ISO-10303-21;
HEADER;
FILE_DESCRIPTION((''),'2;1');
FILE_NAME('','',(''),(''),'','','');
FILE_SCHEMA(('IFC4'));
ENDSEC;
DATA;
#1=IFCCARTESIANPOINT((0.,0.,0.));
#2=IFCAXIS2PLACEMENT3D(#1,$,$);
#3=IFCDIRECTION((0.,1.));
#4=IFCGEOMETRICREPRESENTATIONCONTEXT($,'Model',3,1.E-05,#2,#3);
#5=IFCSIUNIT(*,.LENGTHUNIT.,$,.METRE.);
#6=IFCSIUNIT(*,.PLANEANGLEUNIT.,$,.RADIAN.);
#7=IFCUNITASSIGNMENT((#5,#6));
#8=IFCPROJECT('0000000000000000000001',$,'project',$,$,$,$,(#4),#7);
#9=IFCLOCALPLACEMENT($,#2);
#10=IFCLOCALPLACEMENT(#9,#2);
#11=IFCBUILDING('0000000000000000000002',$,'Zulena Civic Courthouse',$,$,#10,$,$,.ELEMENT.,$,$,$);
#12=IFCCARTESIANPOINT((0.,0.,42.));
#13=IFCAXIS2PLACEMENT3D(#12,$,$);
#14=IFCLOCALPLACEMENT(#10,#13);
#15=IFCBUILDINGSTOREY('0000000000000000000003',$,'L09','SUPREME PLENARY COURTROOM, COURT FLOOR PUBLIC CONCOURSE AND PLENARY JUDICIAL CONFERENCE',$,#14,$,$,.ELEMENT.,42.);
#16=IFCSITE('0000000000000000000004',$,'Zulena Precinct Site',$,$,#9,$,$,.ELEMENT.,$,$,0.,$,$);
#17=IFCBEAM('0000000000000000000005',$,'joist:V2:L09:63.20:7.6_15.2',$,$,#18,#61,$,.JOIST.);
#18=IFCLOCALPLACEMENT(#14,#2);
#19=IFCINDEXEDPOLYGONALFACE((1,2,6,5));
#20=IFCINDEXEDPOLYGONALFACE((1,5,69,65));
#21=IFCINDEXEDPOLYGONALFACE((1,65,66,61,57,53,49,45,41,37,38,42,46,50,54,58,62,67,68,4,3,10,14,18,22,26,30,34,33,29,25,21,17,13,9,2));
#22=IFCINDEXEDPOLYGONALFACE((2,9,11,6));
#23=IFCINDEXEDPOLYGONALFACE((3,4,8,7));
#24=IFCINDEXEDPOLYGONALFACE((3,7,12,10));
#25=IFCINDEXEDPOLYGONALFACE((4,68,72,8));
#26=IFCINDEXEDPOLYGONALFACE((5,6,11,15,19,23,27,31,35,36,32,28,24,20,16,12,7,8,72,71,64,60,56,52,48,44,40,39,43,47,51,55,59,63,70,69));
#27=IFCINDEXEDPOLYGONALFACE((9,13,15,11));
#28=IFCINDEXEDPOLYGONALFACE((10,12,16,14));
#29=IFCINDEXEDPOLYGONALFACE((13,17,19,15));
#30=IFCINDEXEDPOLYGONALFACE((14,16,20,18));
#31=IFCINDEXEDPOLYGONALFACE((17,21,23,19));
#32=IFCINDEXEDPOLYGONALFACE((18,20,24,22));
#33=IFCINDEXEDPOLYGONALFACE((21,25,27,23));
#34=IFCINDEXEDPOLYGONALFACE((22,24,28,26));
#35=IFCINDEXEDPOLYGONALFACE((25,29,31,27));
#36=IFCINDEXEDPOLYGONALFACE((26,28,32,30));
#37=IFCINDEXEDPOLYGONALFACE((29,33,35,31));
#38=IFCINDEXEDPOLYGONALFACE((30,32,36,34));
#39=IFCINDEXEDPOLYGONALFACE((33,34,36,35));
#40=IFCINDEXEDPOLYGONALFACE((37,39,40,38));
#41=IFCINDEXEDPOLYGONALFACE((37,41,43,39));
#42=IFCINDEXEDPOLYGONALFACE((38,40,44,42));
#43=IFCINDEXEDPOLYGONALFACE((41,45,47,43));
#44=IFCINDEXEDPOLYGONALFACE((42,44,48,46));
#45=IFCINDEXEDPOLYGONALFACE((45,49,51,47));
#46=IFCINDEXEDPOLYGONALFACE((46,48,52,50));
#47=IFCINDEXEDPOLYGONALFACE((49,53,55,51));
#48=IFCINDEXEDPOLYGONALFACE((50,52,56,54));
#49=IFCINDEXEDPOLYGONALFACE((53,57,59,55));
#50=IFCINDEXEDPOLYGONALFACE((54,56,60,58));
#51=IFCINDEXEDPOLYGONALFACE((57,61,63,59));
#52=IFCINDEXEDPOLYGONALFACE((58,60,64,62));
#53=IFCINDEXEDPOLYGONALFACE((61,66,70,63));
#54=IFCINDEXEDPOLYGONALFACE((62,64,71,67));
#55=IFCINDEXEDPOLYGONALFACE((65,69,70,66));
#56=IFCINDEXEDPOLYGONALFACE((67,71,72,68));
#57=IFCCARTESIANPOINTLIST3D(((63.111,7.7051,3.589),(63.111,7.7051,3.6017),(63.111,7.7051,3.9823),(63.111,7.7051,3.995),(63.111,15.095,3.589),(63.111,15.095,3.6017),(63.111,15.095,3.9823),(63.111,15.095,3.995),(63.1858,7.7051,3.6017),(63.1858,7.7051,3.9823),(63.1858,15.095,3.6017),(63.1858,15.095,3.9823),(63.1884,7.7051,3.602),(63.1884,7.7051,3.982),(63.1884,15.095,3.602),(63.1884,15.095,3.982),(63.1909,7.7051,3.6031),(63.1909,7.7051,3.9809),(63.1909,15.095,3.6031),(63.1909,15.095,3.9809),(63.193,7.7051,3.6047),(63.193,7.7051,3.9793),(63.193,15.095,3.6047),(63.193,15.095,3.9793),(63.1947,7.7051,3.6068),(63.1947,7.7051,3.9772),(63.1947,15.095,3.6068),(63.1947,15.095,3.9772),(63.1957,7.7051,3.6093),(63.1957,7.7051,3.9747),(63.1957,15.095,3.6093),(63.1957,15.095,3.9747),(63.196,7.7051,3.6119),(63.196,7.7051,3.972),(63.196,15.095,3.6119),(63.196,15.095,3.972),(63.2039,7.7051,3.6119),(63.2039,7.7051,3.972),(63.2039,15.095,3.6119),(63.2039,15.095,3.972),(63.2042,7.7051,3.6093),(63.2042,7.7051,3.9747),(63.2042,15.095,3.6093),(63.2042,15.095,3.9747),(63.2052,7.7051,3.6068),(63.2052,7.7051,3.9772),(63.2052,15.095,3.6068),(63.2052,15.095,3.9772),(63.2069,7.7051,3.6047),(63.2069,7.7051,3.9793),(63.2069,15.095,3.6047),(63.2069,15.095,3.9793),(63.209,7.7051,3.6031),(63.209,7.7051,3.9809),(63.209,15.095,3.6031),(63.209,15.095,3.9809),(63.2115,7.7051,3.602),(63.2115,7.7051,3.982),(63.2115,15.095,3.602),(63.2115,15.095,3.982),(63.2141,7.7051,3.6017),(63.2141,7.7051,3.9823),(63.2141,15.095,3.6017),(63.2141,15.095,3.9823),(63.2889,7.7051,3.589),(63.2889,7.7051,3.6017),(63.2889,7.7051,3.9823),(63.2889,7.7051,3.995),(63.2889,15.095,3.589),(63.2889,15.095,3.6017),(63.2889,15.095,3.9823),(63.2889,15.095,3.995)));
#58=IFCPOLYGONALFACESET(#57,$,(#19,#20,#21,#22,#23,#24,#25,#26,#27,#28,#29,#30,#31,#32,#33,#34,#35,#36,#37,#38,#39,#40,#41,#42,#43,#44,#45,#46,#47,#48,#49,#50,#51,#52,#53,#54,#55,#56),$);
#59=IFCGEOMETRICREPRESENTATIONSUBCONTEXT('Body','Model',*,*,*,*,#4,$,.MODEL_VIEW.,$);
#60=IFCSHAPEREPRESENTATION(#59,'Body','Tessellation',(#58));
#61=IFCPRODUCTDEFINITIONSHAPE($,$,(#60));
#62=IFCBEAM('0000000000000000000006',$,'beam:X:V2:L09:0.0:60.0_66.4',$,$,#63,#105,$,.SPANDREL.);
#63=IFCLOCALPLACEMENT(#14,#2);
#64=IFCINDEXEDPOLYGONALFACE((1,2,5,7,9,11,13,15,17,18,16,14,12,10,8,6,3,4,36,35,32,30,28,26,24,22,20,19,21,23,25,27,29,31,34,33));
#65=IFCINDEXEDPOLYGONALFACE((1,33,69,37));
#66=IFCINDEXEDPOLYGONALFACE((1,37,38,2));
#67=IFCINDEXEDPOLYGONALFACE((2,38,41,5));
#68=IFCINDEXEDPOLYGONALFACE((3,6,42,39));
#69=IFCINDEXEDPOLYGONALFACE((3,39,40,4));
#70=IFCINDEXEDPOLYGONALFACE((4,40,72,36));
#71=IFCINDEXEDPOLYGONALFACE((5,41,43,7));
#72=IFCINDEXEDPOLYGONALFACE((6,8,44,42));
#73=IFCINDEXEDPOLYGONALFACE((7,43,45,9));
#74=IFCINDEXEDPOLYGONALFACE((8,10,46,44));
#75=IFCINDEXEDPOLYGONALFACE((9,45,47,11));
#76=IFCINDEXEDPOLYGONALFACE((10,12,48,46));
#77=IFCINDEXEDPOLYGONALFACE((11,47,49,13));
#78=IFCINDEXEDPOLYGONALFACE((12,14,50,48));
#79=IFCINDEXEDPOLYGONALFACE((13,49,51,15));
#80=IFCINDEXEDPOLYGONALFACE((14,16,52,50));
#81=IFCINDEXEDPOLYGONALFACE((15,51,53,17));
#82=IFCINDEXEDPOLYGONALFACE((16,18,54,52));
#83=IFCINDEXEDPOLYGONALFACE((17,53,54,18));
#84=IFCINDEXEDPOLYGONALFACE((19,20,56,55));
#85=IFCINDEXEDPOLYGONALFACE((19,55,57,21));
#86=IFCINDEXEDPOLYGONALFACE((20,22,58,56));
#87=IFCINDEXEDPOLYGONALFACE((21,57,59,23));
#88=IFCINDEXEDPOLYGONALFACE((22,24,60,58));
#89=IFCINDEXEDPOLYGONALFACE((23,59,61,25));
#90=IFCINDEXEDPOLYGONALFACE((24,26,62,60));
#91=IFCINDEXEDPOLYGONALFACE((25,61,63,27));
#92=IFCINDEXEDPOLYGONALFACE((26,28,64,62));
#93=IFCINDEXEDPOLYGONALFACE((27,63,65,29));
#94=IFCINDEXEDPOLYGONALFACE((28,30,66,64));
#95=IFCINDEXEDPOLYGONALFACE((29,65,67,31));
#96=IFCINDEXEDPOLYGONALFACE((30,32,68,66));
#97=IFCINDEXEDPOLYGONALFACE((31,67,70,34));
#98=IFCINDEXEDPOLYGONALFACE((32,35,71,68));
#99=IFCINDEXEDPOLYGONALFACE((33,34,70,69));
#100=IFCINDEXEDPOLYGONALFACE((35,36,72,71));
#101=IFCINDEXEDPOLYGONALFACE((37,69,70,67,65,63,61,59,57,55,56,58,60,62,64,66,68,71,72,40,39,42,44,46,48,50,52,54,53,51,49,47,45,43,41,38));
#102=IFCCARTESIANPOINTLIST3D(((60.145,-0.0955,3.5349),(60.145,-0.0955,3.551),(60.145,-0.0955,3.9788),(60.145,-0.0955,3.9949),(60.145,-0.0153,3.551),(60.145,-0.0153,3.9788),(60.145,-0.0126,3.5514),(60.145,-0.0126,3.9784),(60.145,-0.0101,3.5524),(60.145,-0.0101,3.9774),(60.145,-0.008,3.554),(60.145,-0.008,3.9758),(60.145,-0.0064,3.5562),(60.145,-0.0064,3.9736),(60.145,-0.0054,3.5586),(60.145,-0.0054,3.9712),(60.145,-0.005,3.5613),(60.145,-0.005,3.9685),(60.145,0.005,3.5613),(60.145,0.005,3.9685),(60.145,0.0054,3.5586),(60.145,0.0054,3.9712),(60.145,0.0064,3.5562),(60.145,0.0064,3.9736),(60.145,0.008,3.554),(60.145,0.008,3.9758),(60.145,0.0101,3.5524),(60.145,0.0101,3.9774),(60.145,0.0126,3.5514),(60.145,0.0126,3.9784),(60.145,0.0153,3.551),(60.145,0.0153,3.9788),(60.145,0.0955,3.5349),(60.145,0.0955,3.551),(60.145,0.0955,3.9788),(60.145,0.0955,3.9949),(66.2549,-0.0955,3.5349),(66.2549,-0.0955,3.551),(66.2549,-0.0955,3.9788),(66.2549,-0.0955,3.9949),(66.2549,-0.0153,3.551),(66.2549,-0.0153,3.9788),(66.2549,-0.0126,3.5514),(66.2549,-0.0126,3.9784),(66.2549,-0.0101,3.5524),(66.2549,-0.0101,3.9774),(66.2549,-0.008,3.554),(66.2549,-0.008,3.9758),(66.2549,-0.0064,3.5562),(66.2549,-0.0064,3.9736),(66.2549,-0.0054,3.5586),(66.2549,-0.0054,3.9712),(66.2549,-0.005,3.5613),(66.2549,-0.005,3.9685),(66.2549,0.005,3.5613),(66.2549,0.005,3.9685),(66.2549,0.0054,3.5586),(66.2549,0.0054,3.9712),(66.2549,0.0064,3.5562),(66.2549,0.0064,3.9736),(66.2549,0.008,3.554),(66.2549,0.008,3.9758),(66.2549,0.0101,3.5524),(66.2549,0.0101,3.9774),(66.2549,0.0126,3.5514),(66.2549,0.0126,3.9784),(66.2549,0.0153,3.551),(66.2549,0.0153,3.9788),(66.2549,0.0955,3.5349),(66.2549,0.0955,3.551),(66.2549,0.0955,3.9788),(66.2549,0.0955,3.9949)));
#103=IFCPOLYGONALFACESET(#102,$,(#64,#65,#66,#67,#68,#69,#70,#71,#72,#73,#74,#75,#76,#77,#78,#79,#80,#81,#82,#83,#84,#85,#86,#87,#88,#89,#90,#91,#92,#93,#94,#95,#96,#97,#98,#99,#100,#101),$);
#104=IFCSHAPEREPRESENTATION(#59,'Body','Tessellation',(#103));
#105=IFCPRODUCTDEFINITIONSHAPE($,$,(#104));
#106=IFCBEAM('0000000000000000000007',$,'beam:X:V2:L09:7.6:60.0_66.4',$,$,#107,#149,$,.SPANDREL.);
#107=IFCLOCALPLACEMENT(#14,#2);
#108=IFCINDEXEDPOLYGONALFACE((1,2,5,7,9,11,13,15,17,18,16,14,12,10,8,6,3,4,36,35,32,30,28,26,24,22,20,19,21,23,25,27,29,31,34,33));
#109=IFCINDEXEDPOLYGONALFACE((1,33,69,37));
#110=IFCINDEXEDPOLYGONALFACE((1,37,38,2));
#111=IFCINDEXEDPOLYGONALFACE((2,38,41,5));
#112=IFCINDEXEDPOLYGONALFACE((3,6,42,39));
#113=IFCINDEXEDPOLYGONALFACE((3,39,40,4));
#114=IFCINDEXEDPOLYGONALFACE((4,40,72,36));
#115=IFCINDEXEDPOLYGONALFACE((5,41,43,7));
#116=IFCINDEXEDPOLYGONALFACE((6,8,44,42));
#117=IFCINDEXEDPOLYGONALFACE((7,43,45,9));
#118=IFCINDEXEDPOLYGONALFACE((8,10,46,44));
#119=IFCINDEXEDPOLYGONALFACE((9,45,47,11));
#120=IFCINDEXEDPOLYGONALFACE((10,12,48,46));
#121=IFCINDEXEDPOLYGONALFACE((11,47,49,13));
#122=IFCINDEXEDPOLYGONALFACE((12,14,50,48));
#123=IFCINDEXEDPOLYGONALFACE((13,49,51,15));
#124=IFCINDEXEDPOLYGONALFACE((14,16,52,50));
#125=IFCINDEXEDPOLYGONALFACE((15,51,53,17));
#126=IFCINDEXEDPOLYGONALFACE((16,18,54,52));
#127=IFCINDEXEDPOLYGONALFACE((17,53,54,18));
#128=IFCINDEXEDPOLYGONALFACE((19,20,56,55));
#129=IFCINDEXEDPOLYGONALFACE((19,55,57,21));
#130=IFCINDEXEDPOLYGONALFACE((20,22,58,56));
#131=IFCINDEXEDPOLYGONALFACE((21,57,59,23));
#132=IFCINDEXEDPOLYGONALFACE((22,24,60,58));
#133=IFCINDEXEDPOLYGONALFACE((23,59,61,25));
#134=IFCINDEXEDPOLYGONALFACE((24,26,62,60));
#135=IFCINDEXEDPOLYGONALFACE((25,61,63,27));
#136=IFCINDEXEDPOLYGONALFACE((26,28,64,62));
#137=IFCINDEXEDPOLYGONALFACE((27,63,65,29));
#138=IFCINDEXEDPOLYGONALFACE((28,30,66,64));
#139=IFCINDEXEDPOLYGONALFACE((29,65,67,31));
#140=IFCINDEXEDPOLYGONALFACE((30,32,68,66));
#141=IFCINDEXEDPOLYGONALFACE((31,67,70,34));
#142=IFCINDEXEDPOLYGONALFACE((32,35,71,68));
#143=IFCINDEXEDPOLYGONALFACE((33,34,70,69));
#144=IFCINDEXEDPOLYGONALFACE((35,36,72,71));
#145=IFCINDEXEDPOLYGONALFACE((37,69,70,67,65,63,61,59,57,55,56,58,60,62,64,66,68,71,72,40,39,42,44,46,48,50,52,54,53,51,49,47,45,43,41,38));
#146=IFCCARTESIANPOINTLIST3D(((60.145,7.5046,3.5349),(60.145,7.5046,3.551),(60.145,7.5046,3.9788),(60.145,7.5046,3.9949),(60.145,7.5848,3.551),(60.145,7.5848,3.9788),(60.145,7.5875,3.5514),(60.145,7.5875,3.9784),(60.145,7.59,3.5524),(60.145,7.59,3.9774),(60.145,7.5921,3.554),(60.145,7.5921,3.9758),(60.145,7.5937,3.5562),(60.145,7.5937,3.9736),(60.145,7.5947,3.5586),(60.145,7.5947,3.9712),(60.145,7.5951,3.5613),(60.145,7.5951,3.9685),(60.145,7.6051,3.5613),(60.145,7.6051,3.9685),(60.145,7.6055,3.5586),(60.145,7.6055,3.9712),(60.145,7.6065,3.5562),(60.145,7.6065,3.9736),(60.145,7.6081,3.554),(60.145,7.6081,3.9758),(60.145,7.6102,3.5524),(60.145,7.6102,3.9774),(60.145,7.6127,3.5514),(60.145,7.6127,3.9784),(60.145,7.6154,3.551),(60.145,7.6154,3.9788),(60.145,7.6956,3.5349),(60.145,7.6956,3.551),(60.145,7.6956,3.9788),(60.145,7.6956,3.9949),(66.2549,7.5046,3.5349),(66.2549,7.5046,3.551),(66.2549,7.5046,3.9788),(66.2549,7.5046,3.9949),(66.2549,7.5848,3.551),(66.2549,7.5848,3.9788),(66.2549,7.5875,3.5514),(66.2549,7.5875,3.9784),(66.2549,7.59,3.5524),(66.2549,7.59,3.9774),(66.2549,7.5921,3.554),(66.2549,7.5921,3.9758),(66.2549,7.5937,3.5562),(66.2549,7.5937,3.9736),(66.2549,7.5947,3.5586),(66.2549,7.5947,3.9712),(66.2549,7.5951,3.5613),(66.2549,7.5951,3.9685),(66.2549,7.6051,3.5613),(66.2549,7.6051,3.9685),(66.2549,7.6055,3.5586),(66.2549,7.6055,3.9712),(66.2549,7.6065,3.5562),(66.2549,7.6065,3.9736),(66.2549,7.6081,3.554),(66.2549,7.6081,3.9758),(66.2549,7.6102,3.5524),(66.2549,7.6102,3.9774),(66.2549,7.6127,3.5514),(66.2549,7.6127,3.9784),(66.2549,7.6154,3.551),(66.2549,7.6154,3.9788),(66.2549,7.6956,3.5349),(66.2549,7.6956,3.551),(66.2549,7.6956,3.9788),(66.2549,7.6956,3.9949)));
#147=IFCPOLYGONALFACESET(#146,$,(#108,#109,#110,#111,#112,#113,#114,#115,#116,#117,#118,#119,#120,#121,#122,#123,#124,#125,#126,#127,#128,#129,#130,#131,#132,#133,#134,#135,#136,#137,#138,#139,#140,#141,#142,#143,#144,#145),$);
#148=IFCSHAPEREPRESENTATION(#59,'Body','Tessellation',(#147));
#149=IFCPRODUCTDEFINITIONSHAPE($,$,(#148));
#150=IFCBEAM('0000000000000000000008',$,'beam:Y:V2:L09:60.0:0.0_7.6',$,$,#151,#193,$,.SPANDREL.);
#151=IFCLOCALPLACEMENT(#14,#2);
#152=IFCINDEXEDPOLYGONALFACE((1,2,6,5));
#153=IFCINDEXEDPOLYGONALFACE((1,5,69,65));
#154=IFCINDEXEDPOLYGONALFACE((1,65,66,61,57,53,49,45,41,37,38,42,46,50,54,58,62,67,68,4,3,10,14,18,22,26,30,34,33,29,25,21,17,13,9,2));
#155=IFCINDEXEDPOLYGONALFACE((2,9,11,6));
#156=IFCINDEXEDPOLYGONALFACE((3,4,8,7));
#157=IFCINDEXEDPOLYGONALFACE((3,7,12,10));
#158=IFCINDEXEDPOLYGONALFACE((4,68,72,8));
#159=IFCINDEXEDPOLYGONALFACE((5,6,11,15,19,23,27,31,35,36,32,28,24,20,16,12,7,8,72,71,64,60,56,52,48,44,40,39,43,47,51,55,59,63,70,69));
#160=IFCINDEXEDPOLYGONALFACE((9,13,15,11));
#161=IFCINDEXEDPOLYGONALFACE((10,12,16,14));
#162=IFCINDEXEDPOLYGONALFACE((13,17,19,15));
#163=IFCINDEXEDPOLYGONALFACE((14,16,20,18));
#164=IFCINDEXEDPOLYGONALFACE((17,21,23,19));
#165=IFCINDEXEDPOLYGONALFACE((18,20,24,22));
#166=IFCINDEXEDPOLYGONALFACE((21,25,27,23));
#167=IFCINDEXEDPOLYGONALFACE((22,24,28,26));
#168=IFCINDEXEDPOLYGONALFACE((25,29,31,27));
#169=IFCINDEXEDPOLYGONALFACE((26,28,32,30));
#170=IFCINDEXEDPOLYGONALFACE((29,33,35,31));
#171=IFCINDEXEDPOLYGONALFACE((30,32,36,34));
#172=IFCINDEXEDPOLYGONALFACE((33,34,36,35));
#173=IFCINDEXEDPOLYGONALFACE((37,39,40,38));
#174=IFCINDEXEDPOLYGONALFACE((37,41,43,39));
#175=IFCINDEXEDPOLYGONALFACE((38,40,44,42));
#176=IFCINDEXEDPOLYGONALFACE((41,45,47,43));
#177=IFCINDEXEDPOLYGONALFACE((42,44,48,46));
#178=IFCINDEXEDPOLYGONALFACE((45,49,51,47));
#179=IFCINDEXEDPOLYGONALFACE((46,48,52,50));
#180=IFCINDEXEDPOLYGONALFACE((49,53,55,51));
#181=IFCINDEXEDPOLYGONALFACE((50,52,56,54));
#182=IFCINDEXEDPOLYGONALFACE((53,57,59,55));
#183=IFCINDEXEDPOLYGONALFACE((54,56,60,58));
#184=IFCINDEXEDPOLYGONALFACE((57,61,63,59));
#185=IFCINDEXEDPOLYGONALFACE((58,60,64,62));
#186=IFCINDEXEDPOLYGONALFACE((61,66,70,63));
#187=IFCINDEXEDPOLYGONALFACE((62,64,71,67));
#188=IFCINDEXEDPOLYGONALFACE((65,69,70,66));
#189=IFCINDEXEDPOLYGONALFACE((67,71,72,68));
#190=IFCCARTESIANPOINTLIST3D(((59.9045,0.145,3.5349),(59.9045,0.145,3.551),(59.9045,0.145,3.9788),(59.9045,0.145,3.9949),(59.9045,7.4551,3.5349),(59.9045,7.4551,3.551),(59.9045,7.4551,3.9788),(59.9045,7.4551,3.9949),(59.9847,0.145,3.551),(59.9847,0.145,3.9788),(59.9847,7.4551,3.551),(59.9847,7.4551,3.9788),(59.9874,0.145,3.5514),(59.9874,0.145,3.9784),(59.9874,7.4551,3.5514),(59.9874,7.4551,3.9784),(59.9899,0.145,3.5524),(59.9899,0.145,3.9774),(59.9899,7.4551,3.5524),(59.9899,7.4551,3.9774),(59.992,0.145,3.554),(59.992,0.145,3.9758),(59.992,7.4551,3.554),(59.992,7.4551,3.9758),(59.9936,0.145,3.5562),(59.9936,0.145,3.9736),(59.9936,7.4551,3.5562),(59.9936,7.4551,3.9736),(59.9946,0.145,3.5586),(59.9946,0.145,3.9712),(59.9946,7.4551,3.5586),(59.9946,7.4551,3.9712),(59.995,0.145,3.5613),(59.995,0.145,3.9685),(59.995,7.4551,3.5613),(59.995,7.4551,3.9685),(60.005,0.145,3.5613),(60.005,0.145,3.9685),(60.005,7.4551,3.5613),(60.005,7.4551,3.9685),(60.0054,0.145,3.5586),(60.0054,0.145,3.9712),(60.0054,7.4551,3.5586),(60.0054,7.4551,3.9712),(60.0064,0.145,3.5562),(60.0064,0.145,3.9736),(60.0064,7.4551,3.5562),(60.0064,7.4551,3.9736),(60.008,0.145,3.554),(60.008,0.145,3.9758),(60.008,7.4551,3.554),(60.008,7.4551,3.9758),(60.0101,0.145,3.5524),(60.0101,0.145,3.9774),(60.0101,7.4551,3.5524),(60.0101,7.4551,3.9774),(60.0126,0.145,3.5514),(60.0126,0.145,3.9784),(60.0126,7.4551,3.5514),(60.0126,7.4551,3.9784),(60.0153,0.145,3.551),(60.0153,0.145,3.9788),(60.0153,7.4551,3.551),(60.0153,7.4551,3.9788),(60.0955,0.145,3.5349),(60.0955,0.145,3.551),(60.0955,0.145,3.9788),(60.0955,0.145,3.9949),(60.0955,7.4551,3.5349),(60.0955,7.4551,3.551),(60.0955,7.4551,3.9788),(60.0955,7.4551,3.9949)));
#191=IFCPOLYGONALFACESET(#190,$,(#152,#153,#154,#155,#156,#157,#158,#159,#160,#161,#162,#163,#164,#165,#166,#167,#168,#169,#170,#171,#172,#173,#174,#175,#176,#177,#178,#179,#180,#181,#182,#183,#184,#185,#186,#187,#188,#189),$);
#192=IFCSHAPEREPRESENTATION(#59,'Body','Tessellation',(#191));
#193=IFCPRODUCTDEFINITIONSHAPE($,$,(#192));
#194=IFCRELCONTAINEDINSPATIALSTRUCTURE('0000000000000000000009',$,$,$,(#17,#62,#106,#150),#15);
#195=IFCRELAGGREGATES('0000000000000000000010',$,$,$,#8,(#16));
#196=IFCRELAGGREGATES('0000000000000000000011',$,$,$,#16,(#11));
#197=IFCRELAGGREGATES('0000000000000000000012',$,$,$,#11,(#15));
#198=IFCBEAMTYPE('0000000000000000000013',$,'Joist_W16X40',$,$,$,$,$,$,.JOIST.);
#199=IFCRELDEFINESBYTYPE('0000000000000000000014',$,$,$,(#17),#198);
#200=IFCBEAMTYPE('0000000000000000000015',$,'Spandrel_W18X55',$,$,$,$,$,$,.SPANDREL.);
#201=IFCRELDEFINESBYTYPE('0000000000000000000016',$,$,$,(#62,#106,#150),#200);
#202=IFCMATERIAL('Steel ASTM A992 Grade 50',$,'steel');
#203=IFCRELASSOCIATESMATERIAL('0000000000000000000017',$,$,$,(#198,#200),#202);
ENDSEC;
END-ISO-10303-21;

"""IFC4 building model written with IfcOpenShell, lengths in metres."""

from ifc_helpers import new_model, si_unit, direction, frame, origin, origin_2d, place, context, subcontext, project, spatial, i_section, extrude, material, material_profile, profile_set, type_object, element, save


model = new_model("IFC4")

# Units and contexts
model_context = context("Model", 3, precision=1e-05, world=origin(), true_north=direction((0.0, 1.0)))
body_context = subcontext(model_context, "Body", "Model", "MODEL_VIEW")
ifc_project = project(units=[si_unit("LENGTHUNIT", "METRE"), si_unit("PLANEANGLEUNIT", "RADIAN")], contexts=[model_context])

# Site, building, storey
site_placement = place(None, origin())
site = spatial("IfcSite", under=ifc_project, at=site_placement, Name="Zulena Precinct Site", CompositionType="ELEMENT", RefElevation=0.0)
building_placement = place(site_placement, origin())
building = spatial("IfcBuilding", under=site, at=building_placement, Name="Zulena Civic Courthouse", CompositionType="ELEMENT")
storey_placement = place(building_placement, frame((0.0, 0.0, 42.0)))
storey = spatial("IfcBuildingStorey", under=building, at=storey_placement, Name="L09", Description="SUPREME PLENARY COURTROOM, COURT FLOOR PUBLIC CONCOURSE AND PLENARY JUDICIAL CONFERENCE", CompositionType="ELEMENT", Elevation=42.0)

# Shared definitions
ifc_material_1 = material(Name="Steel ASTM A992 Grade 50", Category="steel")

# Beams
ifc_material_profile_1 = material_profile(ifc_material_1, i_section(OverallWidth=0.178, OverallDepth=0.406, WebThickness=0.0078, FlangeThickness=0.0127, FilletRadius=0.0103, at=origin_2d()), Name="W16X40")
ifc_profile_set_1 = profile_set([ifc_material_profile_1], Name="Steel ASTM A992 Grade 50")
beam_type_1 = type_object("IfcBeamType", Name="Joist_W16X40", PredefinedType="JOIST", material=ifc_profile_set_1)
beam_1_placement = place(storey_placement, frame((63.2, 7.7051, 3.792), z_axis=(0.0, 1.0, 0.0), x_axis=(-1.0, 0.0, 0.0)))
element("IfcBeam", 1, at=beam_1_placement, inside=storey, type_object=beam_type_1, Name="joist:V2:L09:63.20:7.6_15.2", PredefinedType="JOIST", context=body_context, shape_type="SweptSolid", body=[
    extrude(i_section(OverallWidth=0.178, OverallDepth=0.406, WebThickness=0.0078, FlangeThickness=0.0127, FilletRadius=0.0103, at=origin_2d()), origin(), (0.0, 0.0, 1.0), 7.3899),
])
ifc_material_profile_2 = material_profile(ifc_material_1, i_section(OverallWidth=0.1909, OverallDepth=0.46, WebThickness=0.01, FlangeThickness=0.0161, FilletRadius=0.0103, at=origin_2d()), Name="W18X55")
ifc_profile_set_2 = profile_set([ifc_material_profile_2], Name="Steel ASTM A992 Grade 50")
beam_type_2 = type_object("IfcBeamType", Name="Spandrel_W18X55", PredefinedType="SPANDREL", material=ifc_profile_set_2)
for number, where, z_axis, x_axis, name in (
    (2, (60.145, 0.0, 3.7649), (1.0, 0.0, 0.0), (0.0, 1.0, 0.0), "beam:X:V2:L09:0.0:60.0_66.4"),
    (3, (60.145, 7.6001, 3.7649), (1.0, 0.0, 0.0), (0.0, 1.0, 0.0), "beam:X:V2:L09:7.6:60.0_66.4"),
):
    element("IfcBeam", number, at=place(storey_placement, frame(where, z_axis=z_axis, x_axis=x_axis)), inside=storey, type_object=beam_type_2, Name=name, PredefinedType="SPANDREL", context=body_context, shape_type="SweptSolid", body=[
        extrude(i_section(OverallWidth=0.1909, OverallDepth=0.46, WebThickness=0.01, FlangeThickness=0.0161, FilletRadius=0.0103, at=origin_2d()), origin(), (0.0, 0.0, 1.0), 6.1099),
    ])
for number, where, z_axis, x_axis, name in (
    (4, (60.0, 0.145, 3.7649), (0.0, 1.0, 0.0), (-1.0, 0.0, 0.0), "beam:Y:V2:L09:60.0:0.0_7.6"),
):
    element("IfcBeam", number, at=place(storey_placement, frame(where, z_axis=z_axis, x_axis=x_axis)), inside=storey, type_object=beam_type_2, Name=name, PredefinedType="SPANDREL", context=body_context, shape_type="SweptSolid", body=[
        extrude(i_section(OverallWidth=0.1909, OverallDepth=0.46, WebThickness=0.01, FlangeThickness=0.0161, FilletRadius=0.0103, at=origin_2d()), origin(), (0.0, 0.0, 1.0), 7.3101),
    ])

save(model, "model.ifc")
